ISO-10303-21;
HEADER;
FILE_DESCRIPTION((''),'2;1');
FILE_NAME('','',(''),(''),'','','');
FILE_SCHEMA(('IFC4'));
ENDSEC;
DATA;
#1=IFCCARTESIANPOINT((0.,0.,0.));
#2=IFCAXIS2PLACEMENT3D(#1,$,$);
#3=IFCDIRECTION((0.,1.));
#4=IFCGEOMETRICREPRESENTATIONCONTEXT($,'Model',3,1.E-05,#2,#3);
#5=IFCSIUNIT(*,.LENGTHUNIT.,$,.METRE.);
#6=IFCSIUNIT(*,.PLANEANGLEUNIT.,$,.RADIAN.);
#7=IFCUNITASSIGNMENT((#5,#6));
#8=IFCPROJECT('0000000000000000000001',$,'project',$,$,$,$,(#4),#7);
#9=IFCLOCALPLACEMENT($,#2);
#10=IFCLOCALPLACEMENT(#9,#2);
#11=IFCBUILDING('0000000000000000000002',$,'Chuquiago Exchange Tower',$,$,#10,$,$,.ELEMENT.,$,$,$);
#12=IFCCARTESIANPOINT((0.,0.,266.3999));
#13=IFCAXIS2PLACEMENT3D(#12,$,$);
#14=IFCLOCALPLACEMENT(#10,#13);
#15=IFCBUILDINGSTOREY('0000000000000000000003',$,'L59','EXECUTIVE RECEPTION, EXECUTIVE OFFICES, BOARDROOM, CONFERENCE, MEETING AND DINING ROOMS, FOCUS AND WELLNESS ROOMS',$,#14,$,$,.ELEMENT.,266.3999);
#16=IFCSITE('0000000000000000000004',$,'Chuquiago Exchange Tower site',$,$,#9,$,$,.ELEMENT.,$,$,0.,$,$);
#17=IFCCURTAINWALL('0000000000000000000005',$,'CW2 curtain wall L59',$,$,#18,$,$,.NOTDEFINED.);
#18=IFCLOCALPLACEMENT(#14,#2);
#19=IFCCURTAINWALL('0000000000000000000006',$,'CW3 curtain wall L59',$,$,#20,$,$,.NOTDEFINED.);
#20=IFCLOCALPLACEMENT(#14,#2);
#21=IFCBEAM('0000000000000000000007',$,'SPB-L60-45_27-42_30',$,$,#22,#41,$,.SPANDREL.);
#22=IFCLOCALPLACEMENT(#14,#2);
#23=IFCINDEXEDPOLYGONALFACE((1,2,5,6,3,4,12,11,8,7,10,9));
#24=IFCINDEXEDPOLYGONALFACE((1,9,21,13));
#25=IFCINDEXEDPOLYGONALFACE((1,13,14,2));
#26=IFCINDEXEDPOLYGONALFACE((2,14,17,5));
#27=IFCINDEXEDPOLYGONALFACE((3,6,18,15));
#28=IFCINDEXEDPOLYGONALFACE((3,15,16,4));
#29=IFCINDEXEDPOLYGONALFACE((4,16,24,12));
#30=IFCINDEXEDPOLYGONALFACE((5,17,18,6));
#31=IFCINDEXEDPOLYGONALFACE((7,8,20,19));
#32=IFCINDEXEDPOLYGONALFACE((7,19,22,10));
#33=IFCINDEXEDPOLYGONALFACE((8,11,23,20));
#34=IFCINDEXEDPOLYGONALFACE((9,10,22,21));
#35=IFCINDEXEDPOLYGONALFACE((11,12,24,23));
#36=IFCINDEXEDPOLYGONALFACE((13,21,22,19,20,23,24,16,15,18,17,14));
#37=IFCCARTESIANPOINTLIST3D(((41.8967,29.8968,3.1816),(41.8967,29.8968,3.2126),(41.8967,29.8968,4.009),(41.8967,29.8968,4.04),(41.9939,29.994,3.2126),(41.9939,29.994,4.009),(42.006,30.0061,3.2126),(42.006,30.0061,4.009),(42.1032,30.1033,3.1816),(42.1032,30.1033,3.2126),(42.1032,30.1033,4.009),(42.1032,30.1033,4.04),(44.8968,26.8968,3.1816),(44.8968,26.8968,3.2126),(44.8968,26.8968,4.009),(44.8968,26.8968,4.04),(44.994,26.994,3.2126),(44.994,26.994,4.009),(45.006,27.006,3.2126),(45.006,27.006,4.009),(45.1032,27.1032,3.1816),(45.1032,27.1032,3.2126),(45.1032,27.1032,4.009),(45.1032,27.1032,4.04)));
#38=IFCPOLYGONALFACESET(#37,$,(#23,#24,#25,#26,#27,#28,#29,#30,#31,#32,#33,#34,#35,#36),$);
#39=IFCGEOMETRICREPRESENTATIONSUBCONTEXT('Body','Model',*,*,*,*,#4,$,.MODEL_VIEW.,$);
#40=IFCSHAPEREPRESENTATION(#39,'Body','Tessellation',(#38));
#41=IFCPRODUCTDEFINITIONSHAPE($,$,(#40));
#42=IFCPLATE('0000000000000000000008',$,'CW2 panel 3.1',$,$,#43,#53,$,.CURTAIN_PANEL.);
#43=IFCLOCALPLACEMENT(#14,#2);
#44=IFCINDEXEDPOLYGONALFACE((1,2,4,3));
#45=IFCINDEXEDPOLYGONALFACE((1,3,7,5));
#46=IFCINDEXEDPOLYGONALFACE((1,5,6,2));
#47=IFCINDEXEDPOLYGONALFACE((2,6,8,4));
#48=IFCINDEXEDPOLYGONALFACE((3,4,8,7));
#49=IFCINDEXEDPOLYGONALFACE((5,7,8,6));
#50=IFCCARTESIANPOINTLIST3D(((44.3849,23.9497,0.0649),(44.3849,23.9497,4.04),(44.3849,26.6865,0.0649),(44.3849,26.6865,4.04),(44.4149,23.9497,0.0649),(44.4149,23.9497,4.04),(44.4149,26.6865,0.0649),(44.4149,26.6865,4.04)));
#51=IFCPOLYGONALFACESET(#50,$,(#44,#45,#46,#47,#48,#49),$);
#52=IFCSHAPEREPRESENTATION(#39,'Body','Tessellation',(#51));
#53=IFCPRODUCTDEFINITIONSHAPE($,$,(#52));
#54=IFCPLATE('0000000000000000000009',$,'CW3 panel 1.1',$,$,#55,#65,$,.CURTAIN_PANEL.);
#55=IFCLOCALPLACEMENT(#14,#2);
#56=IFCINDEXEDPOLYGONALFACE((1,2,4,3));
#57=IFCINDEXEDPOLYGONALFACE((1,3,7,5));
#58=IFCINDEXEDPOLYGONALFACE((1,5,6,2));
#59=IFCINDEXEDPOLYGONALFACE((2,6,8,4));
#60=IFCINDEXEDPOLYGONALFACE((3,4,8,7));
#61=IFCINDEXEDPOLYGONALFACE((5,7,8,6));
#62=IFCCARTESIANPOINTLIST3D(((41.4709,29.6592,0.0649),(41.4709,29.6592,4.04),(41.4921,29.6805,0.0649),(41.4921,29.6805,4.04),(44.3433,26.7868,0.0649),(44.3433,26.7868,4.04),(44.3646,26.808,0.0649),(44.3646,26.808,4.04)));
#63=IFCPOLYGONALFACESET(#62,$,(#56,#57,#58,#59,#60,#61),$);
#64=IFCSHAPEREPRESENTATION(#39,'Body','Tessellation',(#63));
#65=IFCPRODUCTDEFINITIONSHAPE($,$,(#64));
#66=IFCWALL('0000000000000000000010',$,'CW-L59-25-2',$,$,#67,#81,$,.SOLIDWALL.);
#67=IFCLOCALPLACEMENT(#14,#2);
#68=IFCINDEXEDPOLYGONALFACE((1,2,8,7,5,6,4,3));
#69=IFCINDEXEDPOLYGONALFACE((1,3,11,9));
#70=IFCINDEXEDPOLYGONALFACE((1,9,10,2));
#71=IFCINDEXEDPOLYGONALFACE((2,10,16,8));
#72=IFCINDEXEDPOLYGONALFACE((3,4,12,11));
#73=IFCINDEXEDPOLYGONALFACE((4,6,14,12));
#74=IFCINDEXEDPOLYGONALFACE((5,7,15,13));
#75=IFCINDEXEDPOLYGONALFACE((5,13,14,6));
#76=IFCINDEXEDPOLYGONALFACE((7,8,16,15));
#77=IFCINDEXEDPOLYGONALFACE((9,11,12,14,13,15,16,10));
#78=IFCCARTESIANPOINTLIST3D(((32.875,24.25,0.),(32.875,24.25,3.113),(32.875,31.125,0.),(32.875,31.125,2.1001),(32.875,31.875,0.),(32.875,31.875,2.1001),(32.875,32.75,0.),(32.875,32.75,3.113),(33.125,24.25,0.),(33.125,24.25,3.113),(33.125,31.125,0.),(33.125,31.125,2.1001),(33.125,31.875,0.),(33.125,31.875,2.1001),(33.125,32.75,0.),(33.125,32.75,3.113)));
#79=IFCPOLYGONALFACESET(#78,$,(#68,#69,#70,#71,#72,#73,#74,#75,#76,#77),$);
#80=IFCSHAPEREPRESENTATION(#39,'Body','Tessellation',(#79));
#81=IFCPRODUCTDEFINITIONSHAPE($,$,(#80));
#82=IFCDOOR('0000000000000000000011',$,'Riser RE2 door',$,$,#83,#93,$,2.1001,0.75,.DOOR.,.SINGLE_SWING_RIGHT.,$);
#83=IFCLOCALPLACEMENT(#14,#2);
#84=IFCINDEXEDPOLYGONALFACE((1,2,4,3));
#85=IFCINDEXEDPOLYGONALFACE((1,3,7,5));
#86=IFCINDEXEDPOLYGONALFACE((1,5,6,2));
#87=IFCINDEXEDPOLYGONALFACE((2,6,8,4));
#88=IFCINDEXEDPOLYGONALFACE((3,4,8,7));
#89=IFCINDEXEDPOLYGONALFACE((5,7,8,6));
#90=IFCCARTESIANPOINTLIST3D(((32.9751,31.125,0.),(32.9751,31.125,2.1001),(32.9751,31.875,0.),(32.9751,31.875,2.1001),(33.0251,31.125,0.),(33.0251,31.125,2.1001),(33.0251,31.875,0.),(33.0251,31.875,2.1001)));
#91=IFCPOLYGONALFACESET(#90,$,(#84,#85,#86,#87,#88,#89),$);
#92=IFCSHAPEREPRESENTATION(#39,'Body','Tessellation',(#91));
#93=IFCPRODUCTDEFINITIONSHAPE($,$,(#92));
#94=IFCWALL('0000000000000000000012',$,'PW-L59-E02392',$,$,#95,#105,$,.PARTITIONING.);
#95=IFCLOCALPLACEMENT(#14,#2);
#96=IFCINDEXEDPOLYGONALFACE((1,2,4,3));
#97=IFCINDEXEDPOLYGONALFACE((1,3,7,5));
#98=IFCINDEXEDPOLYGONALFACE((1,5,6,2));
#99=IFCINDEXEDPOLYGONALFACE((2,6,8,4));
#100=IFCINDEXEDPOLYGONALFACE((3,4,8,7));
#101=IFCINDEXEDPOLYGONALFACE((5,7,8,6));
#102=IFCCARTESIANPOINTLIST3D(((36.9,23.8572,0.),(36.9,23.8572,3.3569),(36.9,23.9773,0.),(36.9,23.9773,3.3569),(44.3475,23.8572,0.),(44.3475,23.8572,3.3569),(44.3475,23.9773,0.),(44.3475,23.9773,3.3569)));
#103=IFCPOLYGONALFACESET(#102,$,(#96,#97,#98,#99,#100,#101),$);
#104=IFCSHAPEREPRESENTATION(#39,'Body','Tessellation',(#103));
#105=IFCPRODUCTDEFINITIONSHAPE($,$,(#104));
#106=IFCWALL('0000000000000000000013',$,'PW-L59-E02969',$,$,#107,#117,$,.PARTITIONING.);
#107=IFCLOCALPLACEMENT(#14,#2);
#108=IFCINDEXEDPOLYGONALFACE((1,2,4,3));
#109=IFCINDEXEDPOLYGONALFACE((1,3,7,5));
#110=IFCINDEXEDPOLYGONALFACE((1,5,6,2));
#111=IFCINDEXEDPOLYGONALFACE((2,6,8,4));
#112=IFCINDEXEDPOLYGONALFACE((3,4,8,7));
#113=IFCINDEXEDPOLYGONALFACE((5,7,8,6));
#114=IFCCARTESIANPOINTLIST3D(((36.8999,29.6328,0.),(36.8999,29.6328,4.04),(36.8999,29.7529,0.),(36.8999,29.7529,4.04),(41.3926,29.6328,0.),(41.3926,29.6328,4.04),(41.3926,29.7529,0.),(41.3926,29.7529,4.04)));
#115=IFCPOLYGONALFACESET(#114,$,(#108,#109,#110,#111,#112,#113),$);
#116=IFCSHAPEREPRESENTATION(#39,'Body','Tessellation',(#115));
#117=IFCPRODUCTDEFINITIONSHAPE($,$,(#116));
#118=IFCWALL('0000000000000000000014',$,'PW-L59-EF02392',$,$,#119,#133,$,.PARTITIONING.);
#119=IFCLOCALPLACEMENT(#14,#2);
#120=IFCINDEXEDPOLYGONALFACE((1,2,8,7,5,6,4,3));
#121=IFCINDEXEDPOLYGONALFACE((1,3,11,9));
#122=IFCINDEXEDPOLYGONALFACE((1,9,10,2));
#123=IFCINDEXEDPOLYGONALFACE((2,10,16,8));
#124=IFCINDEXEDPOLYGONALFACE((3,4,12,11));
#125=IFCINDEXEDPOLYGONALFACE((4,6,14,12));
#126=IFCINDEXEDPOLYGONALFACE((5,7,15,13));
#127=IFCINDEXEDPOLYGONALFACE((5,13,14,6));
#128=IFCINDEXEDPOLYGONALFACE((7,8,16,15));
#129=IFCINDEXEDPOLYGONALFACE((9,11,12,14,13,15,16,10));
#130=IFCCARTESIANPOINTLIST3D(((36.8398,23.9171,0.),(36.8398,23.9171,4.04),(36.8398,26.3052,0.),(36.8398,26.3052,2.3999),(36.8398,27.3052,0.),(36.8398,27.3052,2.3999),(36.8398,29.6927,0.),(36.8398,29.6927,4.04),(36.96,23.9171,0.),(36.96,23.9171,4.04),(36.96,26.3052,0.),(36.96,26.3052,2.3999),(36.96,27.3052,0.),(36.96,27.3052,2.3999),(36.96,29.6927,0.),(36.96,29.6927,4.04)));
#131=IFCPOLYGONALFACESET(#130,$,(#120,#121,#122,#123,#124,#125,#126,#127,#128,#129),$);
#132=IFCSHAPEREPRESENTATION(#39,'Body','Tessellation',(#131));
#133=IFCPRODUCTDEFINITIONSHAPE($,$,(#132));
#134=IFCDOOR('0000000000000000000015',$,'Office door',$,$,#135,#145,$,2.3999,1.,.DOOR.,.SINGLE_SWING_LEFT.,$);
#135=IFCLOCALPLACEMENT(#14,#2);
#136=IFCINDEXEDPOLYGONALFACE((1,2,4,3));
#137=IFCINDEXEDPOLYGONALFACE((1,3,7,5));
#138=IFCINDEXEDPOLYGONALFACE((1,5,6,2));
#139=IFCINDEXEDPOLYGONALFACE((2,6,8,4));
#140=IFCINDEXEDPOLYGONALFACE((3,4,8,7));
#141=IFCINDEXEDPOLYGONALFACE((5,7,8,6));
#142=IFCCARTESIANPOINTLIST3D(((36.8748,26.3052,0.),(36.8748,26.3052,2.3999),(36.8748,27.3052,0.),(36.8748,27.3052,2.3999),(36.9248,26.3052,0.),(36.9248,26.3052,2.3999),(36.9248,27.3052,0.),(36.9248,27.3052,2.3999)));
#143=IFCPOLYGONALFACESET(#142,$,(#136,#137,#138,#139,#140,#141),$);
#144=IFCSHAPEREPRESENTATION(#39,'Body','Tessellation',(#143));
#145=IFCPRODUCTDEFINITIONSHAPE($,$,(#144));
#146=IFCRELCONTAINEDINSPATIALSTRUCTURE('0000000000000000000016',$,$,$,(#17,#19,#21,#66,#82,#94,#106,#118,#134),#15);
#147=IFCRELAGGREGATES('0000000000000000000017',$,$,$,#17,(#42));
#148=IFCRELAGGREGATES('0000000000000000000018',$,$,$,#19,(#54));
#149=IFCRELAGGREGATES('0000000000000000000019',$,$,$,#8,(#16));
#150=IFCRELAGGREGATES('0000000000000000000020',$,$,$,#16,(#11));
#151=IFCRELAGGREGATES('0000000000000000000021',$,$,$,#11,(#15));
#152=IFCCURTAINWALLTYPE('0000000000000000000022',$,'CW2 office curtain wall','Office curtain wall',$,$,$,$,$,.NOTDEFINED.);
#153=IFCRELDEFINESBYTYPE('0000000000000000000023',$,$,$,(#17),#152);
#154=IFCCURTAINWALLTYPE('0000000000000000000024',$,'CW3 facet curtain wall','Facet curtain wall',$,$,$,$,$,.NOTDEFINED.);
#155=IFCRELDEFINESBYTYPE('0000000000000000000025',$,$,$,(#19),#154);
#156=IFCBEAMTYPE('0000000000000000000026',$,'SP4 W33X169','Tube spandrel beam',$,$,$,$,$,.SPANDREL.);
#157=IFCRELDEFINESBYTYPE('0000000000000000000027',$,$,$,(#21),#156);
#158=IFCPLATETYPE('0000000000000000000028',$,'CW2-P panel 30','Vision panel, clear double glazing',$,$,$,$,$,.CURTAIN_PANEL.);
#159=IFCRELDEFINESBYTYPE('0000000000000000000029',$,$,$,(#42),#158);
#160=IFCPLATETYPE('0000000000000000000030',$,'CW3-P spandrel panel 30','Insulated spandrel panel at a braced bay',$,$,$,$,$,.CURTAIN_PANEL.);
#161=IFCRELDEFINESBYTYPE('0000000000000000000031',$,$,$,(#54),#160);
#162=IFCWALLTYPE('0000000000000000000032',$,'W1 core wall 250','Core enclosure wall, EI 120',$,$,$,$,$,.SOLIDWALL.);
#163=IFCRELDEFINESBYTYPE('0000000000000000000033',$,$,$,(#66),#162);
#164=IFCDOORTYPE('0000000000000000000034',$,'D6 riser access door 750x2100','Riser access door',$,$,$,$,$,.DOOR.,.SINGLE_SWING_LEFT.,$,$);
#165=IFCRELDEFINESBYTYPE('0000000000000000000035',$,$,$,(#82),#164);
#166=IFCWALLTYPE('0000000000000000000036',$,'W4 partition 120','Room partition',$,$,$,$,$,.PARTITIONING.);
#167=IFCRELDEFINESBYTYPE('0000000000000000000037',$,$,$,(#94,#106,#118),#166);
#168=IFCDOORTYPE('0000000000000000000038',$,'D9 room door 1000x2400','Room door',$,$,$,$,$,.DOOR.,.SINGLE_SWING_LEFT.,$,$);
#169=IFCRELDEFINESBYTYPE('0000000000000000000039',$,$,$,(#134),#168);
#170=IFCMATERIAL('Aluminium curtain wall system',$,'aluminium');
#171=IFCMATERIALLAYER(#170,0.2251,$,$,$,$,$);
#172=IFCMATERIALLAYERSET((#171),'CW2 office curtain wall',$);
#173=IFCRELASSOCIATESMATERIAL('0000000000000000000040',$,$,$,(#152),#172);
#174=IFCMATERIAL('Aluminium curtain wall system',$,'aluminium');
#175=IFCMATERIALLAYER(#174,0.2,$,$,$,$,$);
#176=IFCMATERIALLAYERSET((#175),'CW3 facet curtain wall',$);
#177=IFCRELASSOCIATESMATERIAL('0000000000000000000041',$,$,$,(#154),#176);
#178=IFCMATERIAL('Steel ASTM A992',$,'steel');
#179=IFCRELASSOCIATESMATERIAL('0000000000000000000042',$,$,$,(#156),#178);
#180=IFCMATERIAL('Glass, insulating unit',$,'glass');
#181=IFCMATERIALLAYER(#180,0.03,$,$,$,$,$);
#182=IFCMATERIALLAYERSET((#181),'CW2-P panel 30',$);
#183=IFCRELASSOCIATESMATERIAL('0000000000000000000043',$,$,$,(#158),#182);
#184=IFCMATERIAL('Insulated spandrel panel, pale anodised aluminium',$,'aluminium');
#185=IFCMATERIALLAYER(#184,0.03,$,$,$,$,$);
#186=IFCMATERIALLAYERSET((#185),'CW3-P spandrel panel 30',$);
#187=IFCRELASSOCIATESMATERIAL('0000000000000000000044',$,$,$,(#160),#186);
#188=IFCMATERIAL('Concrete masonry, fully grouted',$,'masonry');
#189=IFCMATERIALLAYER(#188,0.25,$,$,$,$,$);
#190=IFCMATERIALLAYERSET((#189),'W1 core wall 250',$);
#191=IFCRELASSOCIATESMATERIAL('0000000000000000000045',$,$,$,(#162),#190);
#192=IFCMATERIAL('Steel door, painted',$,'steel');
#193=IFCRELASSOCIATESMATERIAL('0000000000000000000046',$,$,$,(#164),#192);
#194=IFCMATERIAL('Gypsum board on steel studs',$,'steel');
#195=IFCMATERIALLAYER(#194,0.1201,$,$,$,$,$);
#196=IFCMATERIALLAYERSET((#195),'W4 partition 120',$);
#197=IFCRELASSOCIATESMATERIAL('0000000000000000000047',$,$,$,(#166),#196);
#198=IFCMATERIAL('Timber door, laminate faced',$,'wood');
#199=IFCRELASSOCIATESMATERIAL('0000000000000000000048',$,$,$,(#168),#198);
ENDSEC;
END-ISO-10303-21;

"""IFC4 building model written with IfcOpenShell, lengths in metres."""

from ifc_helpers import new_model, si_unit, direction, frame, frame_2d, origin, origin_2d, place, context, subcontext, project, spatial, rectangle, i_section, extrude, material, layer, layer_set, material_profile, profile_set, type_object, element, fill, aggregate, save


model = new_model("IFC4")

# Units and contexts
model_context = context("Model", 3, precision=1e-05, world=origin(), true_north=direction((0.0, 1.0)))
body_context = subcontext(model_context, "Body", "Model", "MODEL_VIEW")
ifc_project = project(units=[si_unit("LENGTHUNIT", "METRE"), si_unit("PLANEANGLEUNIT", "RADIAN")], contexts=[model_context])

# Site, building, storey
site_placement = place(None, origin())
site = spatial("IfcSite", under=ifc_project, at=site_placement, Name="Chuquiago Exchange Tower site", CompositionType="ELEMENT", RefElevation=0.0)
building_placement = place(site_placement, origin())
building = spatial("IfcBuilding", under=site, at=building_placement, Name="Chuquiago Exchange Tower", CompositionType="ELEMENT")
storey_placement = place(building_placement, frame((0.0, 0.0, 266.3999)))
storey = spatial("IfcBuildingStorey", under=building, at=storey_placement, Name="L59", Description="EXECUTIVE RECEPTION, EXECUTIVE OFFICES, BOARDROOM, CONFERENCE, MEETING AND DINING ROOMS, FOCUS AND WELLNESS ROOMS", CompositionType="ELEMENT", Elevation=266.3999)

# Curtain walls
ifc_material_1 = material(Name="Aluminium curtain wall system", Category="aluminium")
ifc_layer_1 = layer(ifc_material_1, 0.2251)
ifc_layer_set_1 = layer_set([ifc_layer_1], Name="CW2 office curtain wall")
curtain_wall_type_1 = type_object("IfcCurtainWallType", Name="CW2 office curtain wall", Description="Office curtain wall", PredefinedType="NOTDEFINED", material=ifc_layer_set_1)
curtain_wall_1_placement = place(storey_placement, origin())
curtain_wall_1 = element("IfcCurtainWall", 1, at=curtain_wall_1_placement, inside=storey, type_object=curtain_wall_type_1, Name="CW2 curtain wall L59", PredefinedType="NOTDEFINED")
ifc_material_2 = material(Name="Aluminium curtain wall system", Category="aluminium")
ifc_layer_2 = layer(ifc_material_2, 0.2)
ifc_layer_set_2 = layer_set([ifc_layer_2], Name="CW3 facet curtain wall")
curtain_wall_type_2 = type_object("IfcCurtainWallType", Name="CW3 facet curtain wall", Description="Facet curtain wall", PredefinedType="NOTDEFINED", material=ifc_layer_set_2)
curtain_wall_2_placement = place(storey_placement, origin())
curtain_wall_2 = element("IfcCurtainWall", 2, at=curtain_wall_2_placement, inside=storey, type_object=curtain_wall_type_2, Name="CW3 curtain wall L59", PredefinedType="NOTDEFINED")

# Beam
ifc_material_3 = material(Name="Steel ASTM A992", Category="steel")
ifc_material_profile_1 = material_profile(ifc_material_3, i_section(OverallWidth=0.292, OverallDepth=0.8584, WebThickness=0.0171, FlangeThickness=0.031, at=origin_2d()), Name="W33X169")
ifc_profile_set_1 = profile_set([ifc_material_profile_1], Name="Steel ASTM A992")
beam_type_1 = type_object("IfcBeamType", Name="SP4 W33X169", Description="Tube spandrel beam", PredefinedType="SPANDREL", material=ifc_profile_set_1)
beam_1_placement = place(storey_placement, frame((45.0, 27.0, 3.6108), z_axis=(-0.707107, 0.707107, 0.0), x_axis=(-0.707107, -0.707107, 0.0)))
element("IfcBeam", 3, at=beam_1_placement, inside=storey, type_object=beam_type_1, Name="SPB-L60-45_27-42_30", PredefinedType="SPANDREL", context=body_context, shape_type="SweptSolid", body=[
    extrude(i_section(OverallWidth=0.292, OverallDepth=0.8584, WebThickness=0.0171, FlangeThickness=0.031, at=origin_2d()), origin(), (0.0, 0.0, 1.0), 4.2427),
])

# Plates
ifc_material_4 = material(Name="Glass, insulating unit", Category="glass")
ifc_layer_3 = layer(ifc_material_4, 0.03)
ifc_layer_set_3 = layer_set([ifc_layer_3], Name="CW2-P panel 30")
plate_type_1 = type_object("IfcPlateType", Name="CW2-P panel 30", Description="Vision panel, clear double glazing", PredefinedType="CURTAIN_PANEL", material=ifc_layer_set_3)
plate_1_placement = place(storey_placement, frame((44.3999, 25.3181, 0.0649), z_axis=(0.0, 0.0, 1.0), x_axis=(0.0, 1.0, 0.0)))
plate_1 = element("IfcPlate", 4, at=plate_1_placement, type_object=plate_type_1, Name="CW2 panel 3.1", PredefinedType="CURTAIN_PANEL", context=body_context, shape_type="SweptSolid", body=[
    extrude(rectangle(XDim=2.7368, YDim=0.03, at=origin_2d()), origin(), (0.0, 0.0, 1.0), 3.9751),
])
aggregate(curtain_wall_1, [plate_1])
ifc_material_5 = material(Name="Insulated spandrel panel, pale anodised aluminium", Category="aluminium")
ifc_layer_4 = layer(ifc_material_5, 0.03)
ifc_layer_set_4 = layer_set([ifc_layer_4], Name="CW3-P spandrel panel 30")
plate_type_2 = type_object("IfcPlateType", Name="CW3-P spandrel panel 30", Description="Insulated spandrel panel at a braced bay", PredefinedType="CURTAIN_PANEL", material=ifc_layer_set_4)
plate_2_placement = place(storey_placement, frame((42.9177, 28.2336, 0.0649), z_axis=(0.0, 0.0, 1.0), x_axis=(-0.707107, 0.707107, 0.0)))
plate_2 = element("IfcPlate", 5, at=plate_2_placement, type_object=plate_type_2, Name="CW3 panel 1.1", PredefinedType="CURTAIN_PANEL", context=body_context, shape_type="SweptSolid", body=[
    extrude(rectangle(XDim=4.0623, YDim=0.03, at=origin_2d()), origin(), (0.0, 0.0, 1.0), 3.9751),
])
aggregate(curtain_wall_2, [plate_2])

# Wall, opening, door
ifc_material_6 = material(Name="Concrete masonry, fully grouted", Category="masonry")
ifc_layer_5 = layer(ifc_material_6, 0.25)
ifc_layer_set_5 = layer_set([ifc_layer_5], Name="W1 core wall 250")
wall_type_1 = type_object("IfcWallType", Name="W1 core wall 250", Description="Core enclosure wall, EI 120", PredefinedType="SOLIDWALL", material=ifc_layer_set_5)
wall_1_placement = place(storey_placement, frame((33.0, 24.25, 0.0), z_axis=(0.0, 0.0, 1.0), x_axis=(0.0, 1.0, 0.0)))
wall_1 = element("IfcWall", 6, at=wall_1_placement, inside=storey, type_object=wall_type_1, Name="CW-L59-25-2", PredefinedType="SOLIDWALL", context=body_context, shape_type="SweptSolid", body=[
    extrude(rectangle(XDim=8.5, YDim=0.25, at=frame_2d((4.25, 0.0))), origin(), (0.0, 0.0, 1.0), 3.113),
])
opening_1_placement = place(wall_1_placement, frame((6.875, 0.0, 0.0)))
opening_1 = element("IfcOpeningElement", 7, at=opening_1_placement, cuts=wall_1, PredefinedType="OPENING", context=body_context, shape_type="SweptSolid", body=[
    extrude(rectangle(XDim=0.75, YDim=2.1001, at=frame_2d((0.375, 1.05))), frame((0.0, 0.135, 0.0), z_axis=(0.0, -1.0, 0.0), x_axis=(1.0, 0.0, 0.0)), (0.0, 0.0, 1.0), 0.27),
])
ifc_material_7 = material(Name="Steel door, painted", Category="steel")
door_type_1 = type_object("IfcDoorType", Name="D6 riser access door 750x2100", Description="Riser access door", OperationType="SINGLE_SWING_LEFT", PredefinedType="DOOR", material=ifc_material_7)
door_1_placement = place(opening_1_placement, origin())
door_1 = element("IfcDoor", 8, at=door_1_placement, inside=storey, type_object=door_type_1, Name="Riser RE2 door", OperationType="SINGLE_SWING_RIGHT", OverallHeight=2.1001, OverallWidth=0.75, PredefinedType="DOOR", context=body_context, shape_type="SweptSolid", body=[
    extrude(rectangle(XDim=0.75, YDim=2.1001, at=frame_2d((0.375, 1.05))), frame((0.0, 0.0249, 0.0), z_axis=(0.0, -1.0, 0.0), x_axis=(1.0, 0.0, 0.0)), (0.0, 0.0, 1.0), 0.05),
])
fill(opening_1, door_1)

# Walls
ifc_material_8 = material(Name="Gypsum board on steel studs", Category="steel")
ifc_layer_6 = layer(ifc_material_8, 0.1201)
ifc_layer_set_6 = layer_set([ifc_layer_6], Name="W4 partition 120")
wall_type_2 = type_object("IfcWallType", Name="W4 partition 120", Description="Room partition", PredefinedType="PARTITIONING", material=ifc_layer_set_6)
wall_2_placement = place(storey_placement, frame((44.3474, 23.9172, 0.0), z_axis=(0.0, 0.0, 1.0), x_axis=(-1.0, 0.0, 0.0)))
element("IfcWall", 9, at=wall_2_placement, inside=storey, type_object=wall_type_2, Name="PW-L59-E02392", PredefinedType="PARTITIONING", context=body_context, shape_type="SweptSolid", body=[
    extrude(rectangle(XDim=7.4475, YDim=0.1201, at=frame_2d((3.7236, 0.0))), origin(), (0.0, 0.0, 1.0), 3.3569),
])
wall_3_placement = place(storey_placement, frame((41.3926, 29.6929, 0.0), z_axis=(0.0, 0.0, 1.0), x_axis=(-1.0, 0.0, 0.0)))
element("IfcWall", 10, at=wall_3_placement, inside=storey, type_object=wall_type_2, Name="PW-L59-E02969", PredefinedType="PARTITIONING", context=body_context, shape_type="SweptSolid", body=[
    extrude(rectangle(XDim=4.4927, YDim=0.1201, at=frame_2d((2.2463, 0.0))), origin(), (0.0, 0.0, 1.0), 4.04),
])

# Wall, opening, door
wall_4_placement = place(storey_placement, frame((36.8999, 23.9172, 0.0), z_axis=(0.0, 0.0, 1.0), x_axis=(0.0, 1.0, 0.0)))
wall_4 = element("IfcWall", 11, at=wall_4_placement, inside=storey, type_object=wall_type_2, Name="PW-L59-EF02392", PredefinedType="PARTITIONING", context=body_context, shape_type="SweptSolid", body=[
    extrude(rectangle(XDim=5.7756, YDim=0.1201, at=frame_2d((2.8877, 0.0))), origin(), (0.0, 0.0, 1.0), 4.04),
])
opening_2_placement = place(wall_4_placement, frame((2.3879, 0.0, 0.0)))
opening_2 = element("IfcOpeningElement", 12, at=opening_2_placement, cuts=wall_4, PredefinedType="OPENING", context=body_context, shape_type="SweptSolid", body=[
    extrude(rectangle(XDim=1.0, YDim=2.3999, at=frame_2d((0.5, 1.2))), frame((0.0, 0.0701, 0.0), z_axis=(0.0, -1.0, 0.0), x_axis=(1.0, 0.0, 0.0)), (0.0, 0.0, 1.0), 0.1401),
])
ifc_material_9 = material(Name="Timber door, laminate faced", Category="wood")
door_type_2 = type_object("IfcDoorType", Name="D9 room door 1000x2400", Description="Room door", OperationType="SINGLE_SWING_LEFT", PredefinedType="DOOR", material=ifc_material_9)
door_2_placement = place(opening_2_placement, frame((1.0, 0.0, 0.0), z_axis=(0.0, 0.0, 1.0), x_axis=(-1.0, 0.0, 0.0)))
door_2 = element("IfcDoor", 13, at=door_2_placement, inside=storey, type_object=door_type_2, Name="Office door", OperationType="SINGLE_SWING_LEFT", OverallHeight=2.3999, OverallWidth=1.0, PredefinedType="DOOR", context=body_context, shape_type="SweptSolid", body=[
    extrude(rectangle(XDim=1.0, YDim=2.3999, at=frame_2d((0.5, 1.2))), frame((0.0, 0.0249, 0.0), z_axis=(0.0, -1.0, 0.0), x_axis=(1.0, 0.0, 0.0)), (0.0, 0.0, 1.0), 0.05),
])
fill(opening_2, door_2)

save(model, "model.ifc")
